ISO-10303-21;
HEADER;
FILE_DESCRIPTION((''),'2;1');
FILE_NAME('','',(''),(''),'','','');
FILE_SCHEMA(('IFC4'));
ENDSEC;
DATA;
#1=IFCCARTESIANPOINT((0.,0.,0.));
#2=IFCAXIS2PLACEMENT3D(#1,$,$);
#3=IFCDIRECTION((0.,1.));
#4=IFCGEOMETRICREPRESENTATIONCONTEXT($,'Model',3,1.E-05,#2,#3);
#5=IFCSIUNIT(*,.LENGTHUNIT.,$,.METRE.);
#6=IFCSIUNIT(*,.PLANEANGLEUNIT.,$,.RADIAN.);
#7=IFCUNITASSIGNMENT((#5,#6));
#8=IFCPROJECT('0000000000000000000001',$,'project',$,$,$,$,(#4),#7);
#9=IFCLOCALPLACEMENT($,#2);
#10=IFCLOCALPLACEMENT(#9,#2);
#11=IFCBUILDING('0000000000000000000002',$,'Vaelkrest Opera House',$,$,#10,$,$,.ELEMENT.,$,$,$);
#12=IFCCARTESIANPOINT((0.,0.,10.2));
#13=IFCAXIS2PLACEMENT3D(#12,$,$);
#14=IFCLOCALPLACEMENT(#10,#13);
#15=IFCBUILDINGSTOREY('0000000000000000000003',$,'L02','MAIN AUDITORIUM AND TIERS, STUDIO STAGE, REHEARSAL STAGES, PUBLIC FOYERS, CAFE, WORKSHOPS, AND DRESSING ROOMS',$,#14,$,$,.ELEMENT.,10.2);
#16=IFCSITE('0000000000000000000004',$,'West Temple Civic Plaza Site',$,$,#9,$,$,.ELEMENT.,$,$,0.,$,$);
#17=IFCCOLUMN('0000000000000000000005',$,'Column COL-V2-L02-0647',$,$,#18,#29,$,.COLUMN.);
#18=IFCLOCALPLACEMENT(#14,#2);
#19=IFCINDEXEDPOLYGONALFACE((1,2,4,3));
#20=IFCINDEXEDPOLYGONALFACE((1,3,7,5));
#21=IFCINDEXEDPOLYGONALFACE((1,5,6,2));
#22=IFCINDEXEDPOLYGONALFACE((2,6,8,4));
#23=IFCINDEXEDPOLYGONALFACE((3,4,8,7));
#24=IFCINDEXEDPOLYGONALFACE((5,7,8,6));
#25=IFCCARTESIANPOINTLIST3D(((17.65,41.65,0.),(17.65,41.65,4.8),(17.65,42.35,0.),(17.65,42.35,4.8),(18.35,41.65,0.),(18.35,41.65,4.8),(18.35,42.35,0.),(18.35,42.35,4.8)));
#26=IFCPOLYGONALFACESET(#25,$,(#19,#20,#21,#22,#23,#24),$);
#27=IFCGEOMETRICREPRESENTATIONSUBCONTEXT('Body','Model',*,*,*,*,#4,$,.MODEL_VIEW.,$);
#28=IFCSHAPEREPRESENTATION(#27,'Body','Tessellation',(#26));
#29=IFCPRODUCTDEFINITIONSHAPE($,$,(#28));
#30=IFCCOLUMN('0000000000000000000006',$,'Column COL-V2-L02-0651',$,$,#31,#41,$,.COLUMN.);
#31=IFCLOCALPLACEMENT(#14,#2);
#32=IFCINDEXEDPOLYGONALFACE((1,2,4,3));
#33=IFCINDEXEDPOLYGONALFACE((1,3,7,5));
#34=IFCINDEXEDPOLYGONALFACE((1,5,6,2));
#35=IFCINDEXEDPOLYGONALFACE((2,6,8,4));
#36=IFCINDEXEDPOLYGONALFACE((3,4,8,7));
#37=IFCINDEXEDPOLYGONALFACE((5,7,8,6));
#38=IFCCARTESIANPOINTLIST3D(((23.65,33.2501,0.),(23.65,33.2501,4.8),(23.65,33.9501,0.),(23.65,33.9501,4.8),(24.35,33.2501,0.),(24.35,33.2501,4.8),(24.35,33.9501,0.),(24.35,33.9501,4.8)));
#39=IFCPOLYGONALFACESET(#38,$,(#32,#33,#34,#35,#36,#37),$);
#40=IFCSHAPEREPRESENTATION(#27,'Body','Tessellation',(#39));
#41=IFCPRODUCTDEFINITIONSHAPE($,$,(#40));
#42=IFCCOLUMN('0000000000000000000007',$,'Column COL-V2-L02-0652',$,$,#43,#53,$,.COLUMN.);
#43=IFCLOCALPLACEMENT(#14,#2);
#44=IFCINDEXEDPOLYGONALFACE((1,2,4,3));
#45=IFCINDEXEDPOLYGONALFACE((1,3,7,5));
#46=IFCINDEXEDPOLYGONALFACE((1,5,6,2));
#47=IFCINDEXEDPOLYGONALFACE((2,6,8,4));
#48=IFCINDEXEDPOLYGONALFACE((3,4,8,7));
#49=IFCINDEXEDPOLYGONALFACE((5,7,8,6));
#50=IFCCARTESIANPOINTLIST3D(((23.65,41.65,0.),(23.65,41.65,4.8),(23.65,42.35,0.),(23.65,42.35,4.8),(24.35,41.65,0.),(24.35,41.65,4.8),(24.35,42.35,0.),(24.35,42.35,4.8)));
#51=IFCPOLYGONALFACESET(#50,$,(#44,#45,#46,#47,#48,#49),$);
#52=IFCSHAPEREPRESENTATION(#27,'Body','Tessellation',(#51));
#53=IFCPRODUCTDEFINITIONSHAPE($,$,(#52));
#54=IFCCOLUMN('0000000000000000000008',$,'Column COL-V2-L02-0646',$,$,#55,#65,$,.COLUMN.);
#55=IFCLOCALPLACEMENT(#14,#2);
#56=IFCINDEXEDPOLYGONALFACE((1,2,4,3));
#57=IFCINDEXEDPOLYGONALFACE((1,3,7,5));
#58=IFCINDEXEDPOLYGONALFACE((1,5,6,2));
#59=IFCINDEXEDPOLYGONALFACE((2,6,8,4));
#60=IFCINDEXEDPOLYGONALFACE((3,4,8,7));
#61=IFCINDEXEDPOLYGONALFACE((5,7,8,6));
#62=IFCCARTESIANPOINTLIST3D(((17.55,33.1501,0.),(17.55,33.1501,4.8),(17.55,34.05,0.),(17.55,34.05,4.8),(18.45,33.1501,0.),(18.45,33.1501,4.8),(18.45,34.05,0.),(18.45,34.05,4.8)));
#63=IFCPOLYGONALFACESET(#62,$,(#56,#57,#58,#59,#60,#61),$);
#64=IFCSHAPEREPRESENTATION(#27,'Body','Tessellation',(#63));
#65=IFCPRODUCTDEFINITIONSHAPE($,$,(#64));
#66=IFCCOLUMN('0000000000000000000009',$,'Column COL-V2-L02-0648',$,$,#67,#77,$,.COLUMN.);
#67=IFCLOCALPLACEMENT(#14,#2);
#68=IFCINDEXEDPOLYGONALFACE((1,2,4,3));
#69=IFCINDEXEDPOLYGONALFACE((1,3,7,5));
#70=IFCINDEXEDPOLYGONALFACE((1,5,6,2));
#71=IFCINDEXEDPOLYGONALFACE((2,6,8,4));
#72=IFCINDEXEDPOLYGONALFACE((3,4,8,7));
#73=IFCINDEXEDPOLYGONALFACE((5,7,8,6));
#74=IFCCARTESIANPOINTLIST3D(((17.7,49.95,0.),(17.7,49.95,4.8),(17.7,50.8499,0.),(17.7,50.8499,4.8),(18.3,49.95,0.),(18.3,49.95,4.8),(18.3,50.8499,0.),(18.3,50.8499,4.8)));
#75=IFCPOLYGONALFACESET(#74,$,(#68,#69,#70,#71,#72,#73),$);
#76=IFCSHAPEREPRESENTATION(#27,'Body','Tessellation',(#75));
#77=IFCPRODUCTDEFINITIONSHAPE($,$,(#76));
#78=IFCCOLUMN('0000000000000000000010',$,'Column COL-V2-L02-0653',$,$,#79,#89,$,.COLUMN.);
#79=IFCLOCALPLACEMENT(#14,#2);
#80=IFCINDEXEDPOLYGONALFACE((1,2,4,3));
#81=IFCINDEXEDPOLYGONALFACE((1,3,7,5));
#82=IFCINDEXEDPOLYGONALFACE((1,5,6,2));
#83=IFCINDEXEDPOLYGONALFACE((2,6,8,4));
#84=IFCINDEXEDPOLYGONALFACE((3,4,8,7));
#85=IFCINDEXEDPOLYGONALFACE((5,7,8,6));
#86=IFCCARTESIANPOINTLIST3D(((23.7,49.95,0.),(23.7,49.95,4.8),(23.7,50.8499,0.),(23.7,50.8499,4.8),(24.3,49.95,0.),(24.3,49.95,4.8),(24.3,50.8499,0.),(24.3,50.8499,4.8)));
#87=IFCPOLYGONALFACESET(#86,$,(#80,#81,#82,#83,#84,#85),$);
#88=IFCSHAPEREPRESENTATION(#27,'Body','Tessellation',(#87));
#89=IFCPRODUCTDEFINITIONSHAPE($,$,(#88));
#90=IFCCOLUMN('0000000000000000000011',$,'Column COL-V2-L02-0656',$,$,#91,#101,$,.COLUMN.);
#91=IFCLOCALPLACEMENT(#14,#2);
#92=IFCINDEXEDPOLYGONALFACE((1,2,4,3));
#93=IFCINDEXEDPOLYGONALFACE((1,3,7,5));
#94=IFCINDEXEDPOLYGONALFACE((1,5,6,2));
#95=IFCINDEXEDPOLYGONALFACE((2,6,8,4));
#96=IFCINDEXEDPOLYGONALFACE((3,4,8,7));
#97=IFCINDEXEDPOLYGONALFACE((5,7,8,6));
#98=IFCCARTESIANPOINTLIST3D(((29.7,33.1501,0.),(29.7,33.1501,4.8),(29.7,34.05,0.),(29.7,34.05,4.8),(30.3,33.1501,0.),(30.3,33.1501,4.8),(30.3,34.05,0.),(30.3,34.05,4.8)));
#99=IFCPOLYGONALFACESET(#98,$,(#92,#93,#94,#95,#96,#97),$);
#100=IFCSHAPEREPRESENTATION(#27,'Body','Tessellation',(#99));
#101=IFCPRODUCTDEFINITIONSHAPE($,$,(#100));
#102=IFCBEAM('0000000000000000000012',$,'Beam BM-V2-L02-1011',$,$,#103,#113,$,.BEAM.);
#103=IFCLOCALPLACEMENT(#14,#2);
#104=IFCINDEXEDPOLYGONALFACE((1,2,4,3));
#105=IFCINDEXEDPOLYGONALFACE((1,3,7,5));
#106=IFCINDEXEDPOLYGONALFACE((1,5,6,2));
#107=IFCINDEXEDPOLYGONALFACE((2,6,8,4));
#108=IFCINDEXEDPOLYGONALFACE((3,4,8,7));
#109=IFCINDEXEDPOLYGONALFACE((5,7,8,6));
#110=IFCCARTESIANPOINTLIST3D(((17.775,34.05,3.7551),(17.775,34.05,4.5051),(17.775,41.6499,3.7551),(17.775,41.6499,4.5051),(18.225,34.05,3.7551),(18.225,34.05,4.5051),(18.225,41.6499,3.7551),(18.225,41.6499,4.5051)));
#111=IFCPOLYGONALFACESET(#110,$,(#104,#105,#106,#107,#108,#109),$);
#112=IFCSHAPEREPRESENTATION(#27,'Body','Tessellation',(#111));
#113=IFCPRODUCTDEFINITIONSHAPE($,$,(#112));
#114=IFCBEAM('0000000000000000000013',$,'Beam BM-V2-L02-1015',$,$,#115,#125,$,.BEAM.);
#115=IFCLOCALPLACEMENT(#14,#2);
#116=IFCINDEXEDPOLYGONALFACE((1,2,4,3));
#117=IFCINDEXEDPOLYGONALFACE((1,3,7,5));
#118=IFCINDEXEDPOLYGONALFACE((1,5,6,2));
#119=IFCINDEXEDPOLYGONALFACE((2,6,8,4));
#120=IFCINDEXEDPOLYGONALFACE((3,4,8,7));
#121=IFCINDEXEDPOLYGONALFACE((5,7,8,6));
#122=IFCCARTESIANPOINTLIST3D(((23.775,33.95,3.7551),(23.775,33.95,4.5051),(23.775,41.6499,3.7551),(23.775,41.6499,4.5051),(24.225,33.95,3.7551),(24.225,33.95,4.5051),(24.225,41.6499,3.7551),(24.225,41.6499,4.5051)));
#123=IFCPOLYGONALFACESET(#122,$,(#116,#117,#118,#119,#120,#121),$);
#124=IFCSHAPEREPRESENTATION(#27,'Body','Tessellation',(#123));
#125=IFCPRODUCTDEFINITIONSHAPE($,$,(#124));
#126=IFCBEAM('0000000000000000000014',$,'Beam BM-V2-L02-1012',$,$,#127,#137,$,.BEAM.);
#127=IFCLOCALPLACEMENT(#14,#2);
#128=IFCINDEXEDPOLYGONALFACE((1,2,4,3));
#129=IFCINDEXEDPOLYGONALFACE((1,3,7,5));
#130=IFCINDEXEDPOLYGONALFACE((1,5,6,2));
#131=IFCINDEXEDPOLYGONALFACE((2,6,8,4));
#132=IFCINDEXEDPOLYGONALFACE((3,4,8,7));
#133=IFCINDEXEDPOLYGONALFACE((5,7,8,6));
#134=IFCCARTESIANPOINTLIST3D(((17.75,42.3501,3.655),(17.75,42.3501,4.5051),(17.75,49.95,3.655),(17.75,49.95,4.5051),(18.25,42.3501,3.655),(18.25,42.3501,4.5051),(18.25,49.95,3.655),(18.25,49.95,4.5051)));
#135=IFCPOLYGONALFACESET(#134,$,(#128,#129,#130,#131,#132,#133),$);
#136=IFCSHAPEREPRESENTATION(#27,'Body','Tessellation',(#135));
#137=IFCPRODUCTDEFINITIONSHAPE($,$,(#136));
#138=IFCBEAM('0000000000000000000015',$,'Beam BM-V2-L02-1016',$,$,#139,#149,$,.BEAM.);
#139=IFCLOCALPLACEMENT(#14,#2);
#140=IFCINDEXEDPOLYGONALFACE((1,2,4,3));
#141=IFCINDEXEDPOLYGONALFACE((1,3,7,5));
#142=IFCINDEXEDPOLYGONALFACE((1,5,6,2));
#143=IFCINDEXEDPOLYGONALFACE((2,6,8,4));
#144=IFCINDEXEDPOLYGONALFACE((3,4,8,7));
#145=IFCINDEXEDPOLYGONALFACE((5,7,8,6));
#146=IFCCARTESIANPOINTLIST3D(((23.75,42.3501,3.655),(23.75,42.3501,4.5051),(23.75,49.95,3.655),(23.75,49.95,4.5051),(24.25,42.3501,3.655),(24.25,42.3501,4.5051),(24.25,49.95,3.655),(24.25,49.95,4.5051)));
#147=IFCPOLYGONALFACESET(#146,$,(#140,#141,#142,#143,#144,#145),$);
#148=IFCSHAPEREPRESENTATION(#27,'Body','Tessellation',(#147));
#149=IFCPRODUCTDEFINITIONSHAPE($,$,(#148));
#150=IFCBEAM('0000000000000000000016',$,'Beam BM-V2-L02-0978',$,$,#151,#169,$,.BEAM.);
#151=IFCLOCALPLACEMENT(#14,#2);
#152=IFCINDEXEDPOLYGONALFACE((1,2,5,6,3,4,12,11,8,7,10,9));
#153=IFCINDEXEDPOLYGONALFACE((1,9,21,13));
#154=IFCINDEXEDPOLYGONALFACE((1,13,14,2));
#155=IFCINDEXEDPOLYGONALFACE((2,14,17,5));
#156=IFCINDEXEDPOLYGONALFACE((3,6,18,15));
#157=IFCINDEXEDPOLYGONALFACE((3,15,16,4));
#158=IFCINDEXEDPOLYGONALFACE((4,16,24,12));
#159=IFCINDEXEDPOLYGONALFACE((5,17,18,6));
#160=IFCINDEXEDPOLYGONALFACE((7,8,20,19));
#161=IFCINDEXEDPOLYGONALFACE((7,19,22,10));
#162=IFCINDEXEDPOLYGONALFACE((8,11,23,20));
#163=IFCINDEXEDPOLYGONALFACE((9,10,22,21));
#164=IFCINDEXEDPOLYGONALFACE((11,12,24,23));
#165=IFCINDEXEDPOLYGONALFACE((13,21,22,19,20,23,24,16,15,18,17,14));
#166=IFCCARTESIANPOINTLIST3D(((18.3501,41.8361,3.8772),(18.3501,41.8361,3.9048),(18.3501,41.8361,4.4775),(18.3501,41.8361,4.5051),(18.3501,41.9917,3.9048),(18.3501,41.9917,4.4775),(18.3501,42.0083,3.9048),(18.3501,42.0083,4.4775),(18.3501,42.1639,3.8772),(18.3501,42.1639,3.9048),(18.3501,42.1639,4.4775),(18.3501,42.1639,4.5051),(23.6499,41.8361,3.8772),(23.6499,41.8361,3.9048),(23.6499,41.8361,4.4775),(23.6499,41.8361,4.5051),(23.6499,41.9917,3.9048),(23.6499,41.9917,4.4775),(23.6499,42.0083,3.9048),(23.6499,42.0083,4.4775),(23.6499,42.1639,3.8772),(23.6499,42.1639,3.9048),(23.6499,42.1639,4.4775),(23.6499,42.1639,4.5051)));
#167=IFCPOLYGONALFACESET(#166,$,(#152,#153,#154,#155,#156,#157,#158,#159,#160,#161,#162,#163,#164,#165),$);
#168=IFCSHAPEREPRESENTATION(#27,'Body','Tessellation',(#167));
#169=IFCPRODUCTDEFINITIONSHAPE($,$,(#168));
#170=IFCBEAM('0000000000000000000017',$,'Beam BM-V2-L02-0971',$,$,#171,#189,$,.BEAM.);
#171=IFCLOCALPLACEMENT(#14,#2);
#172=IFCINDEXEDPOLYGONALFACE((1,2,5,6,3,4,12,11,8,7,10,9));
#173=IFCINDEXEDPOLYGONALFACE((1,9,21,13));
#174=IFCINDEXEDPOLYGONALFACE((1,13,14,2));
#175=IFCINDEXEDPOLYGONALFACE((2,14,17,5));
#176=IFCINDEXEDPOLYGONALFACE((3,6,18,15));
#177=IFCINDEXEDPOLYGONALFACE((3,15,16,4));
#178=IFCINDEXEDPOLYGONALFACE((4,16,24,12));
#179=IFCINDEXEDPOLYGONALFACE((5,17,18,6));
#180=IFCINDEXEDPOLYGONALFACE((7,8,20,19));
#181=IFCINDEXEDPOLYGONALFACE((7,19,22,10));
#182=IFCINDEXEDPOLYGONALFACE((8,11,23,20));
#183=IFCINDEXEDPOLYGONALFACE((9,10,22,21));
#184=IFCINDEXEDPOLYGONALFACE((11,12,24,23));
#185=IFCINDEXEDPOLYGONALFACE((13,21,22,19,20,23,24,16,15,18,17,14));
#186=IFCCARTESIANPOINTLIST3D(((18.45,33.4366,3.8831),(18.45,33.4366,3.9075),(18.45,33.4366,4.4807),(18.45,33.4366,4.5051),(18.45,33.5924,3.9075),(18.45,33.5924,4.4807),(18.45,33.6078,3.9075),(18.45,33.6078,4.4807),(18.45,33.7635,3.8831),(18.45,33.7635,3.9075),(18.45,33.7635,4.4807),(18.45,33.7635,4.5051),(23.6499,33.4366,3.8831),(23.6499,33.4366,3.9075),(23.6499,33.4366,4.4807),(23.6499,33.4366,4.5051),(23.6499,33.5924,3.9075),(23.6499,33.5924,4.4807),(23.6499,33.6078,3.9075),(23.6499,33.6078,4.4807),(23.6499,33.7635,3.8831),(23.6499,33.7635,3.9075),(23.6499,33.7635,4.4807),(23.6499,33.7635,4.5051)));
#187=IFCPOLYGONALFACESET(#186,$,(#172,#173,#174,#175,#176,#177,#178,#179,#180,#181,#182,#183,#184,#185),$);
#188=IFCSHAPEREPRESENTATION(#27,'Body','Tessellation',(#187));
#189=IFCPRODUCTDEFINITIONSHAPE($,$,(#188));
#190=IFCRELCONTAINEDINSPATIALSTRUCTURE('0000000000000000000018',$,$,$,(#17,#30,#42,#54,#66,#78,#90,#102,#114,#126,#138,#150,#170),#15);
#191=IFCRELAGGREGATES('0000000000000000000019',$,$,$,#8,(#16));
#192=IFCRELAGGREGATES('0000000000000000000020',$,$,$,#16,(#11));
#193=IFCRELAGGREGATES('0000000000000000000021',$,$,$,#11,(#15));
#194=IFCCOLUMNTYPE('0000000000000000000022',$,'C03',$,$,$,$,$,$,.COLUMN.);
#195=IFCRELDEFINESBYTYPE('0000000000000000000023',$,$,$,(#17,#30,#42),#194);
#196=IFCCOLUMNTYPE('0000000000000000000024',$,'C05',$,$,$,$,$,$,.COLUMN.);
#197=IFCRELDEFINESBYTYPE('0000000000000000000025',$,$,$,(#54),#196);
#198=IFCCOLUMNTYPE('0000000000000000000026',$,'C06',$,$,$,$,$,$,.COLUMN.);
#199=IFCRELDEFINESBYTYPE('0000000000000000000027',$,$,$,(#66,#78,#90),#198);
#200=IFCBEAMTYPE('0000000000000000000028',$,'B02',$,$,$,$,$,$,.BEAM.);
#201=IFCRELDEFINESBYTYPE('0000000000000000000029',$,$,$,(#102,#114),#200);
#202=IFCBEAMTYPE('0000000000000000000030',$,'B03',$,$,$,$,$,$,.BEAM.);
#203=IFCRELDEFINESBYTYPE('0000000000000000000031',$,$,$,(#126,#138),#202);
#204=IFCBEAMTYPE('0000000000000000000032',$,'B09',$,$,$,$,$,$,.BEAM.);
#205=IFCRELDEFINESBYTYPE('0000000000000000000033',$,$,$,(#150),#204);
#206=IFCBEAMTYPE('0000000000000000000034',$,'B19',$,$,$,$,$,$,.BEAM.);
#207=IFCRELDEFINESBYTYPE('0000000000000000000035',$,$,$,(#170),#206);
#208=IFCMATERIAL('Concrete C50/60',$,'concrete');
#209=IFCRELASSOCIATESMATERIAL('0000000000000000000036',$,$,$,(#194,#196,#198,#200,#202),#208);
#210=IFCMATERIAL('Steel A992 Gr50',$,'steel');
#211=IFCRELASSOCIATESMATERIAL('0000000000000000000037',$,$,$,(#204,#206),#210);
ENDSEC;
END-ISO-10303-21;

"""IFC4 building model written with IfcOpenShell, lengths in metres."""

from ifc_helpers import new_model, si_unit, direction, frame, origin, origin_2d, place, context, subcontext, project, spatial, rectangle, i_section, extrude, material, material_profile, profile_set, type_object, element, save


model = new_model("IFC4")

# Units and contexts
model_context = context("Model", 3, precision=1e-05, world=origin(), true_north=direction((0.0, 1.0)))
body_context = subcontext(model_context, "Body", "Model", "MODEL_VIEW")
ifc_project = project(units=[si_unit("LENGTHUNIT", "METRE"), si_unit("PLANEANGLEUNIT", "RADIAN")], contexts=[model_context])

# Site, building, storey
site_placement = place(None, origin())
site = spatial("IfcSite", under=ifc_project, at=site_placement, Name="West Temple Civic Plaza Site", CompositionType="ELEMENT", RefElevation=0.0)
building_placement = place(site_placement, origin())
building = spatial("IfcBuilding", under=site, at=building_placement, Name="Vaelkrest Opera House", CompositionType="ELEMENT")
storey_placement = place(building_placement, frame((0.0, 0.0, 10.2)))
storey = spatial("IfcBuildingStorey", under=building, at=storey_placement, Name="L02", Description="MAIN AUDITORIUM AND TIERS, STUDIO STAGE, REHEARSAL STAGES, PUBLIC FOYERS, CAFE, WORKSHOPS, AND DRESSING ROOMS", CompositionType="ELEMENT", Elevation=10.2)

# Columns
ifc_material_1 = material(Name="Concrete C50/60", Category="concrete")
ifc_material_profile_1 = material_profile(ifc_material_1, rectangle(XDim=0.7, YDim=0.7, at=origin_2d()), Name="RC700X700")
ifc_profile_set_1 = profile_set([ifc_material_profile_1], Name="Concrete C50/60")
column_type_1 = type_object("IfcColumnType", Name="C03", PredefinedType="COLUMN", material=ifc_profile_set_1)
for number, where, z_axis, x_axis, name in (
    (1, (18.0, 42.0, 0.0), (0.0, 0.0, 1.0), (1.0, 0.0, 0.0), "Column COL-V2-L02-0647"),
    (2, (24.0, 33.6001, 0.0), (0.0, 0.0, 1.0), (1.0, 0.0, 0.0), "Column COL-V2-L02-0651"),
    (3, (24.0, 42.0, 0.0), (0.0, 0.0, 1.0), (1.0, 0.0, 0.0), "Column COL-V2-L02-0652"),
):
    element("IfcColumn", number, at=place(storey_placement, frame(where, z_axis=z_axis, x_axis=x_axis)), inside=storey, type_object=column_type_1, Name=name, PredefinedType="COLUMN", context=body_context, shape_type="SweptSolid", body=[
        extrude(rectangle(XDim=0.7, YDim=0.7, at=origin_2d()), origin(), (0.0, 0.0, 1.0), 4.8),
    ])
ifc_material_profile_2 = material_profile(ifc_material_1, rectangle(XDim=0.8999, YDim=0.8999, at=origin_2d()), Name="RC900X900")
ifc_profile_set_2 = profile_set([ifc_material_profile_2], Name="Concrete C50/60")
column_type_2 = type_object("IfcColumnType", Name="C05", PredefinedType="COLUMN", material=ifc_profile_set_2)
column_placement = place(storey_placement, frame((18.0, 33.6001, 0.0), z_axis=(0.0, 0.0, 1.0), x_axis=(1.0, 0.0, 0.0)))
element("IfcColumn", 4, at=column_placement, inside=storey, type_object=column_type_2, Name="Column COL-V2-L02-0646", PredefinedType="COLUMN", context=body_context, shape_type="SweptSolid", body=[
    extrude(rectangle(XDim=0.8999, YDim=0.8999, at=origin_2d()), origin(), (0.0, 0.0, 1.0), 4.8),
])
ifc_material_profile_3 = material_profile(ifc_material_1, rectangle(XDim=0.6001, YDim=0.8999, at=origin_2d()), Name="RC600X900")
ifc_profile_set_3 = profile_set([ifc_material_profile_3], Name="Concrete C50/60")
column_type_3 = type_object("IfcColumnType", Name="C06", PredefinedType="COLUMN", material=ifc_profile_set_3)
for number, where, z_axis, x_axis, name in (
    (5, (18.0, 50.3999, 0.0), (0.0, 0.0, 1.0), (1.0, 0.0, 0.0), "Column COL-V2-L02-0648"),
    (6, (24.0, 50.3999, 0.0), (0.0, 0.0, 1.0), (1.0, 0.0, 0.0), "Column COL-V2-L02-0653"),
    (7, (30.0, 33.6001, 0.0), (0.0, 0.0, 1.0), (1.0, 0.0, 0.0), "Column COL-V2-L02-0656"),
):
    element("IfcColumn", number, at=place(storey_placement, frame(where, z_axis=z_axis, x_axis=x_axis)), inside=storey, type_object=column_type_3, Name=name, PredefinedType="COLUMN", context=body_context, shape_type="SweptSolid", body=[
        extrude(rectangle(XDim=0.6001, YDim=0.8999, at=origin_2d()), origin(), (0.0, 0.0, 1.0), 4.8),
    ])

# Beams
ifc_material_profile_4 = material_profile(ifc_material_1, rectangle(XDim=0.45, YDim=0.75, at=origin_2d()), Name="RCB450X750")
ifc_profile_set_4 = profile_set([ifc_material_profile_4], Name="Concrete C50/60")
beam_type_1 = type_object("IfcBeamType", Name="B02", PredefinedType="BEAM", material=ifc_profile_set_4)
beam_1_placement = place(storey_placement, frame((18.0, 34.05, 4.1301), z_axis=(0.0, 1.0, 0.0), x_axis=(-1.0, 0.0, 0.0)))
element("IfcBeam", 8, at=beam_1_placement, inside=storey, type_object=beam_type_1, Name="Beam BM-V2-L02-1011", PredefinedType="BEAM", context=body_context, shape_type="SweptSolid", body=[
    extrude(rectangle(XDim=0.45, YDim=0.75, at=origin_2d()), origin(), (0.0, 0.0, 1.0), 7.5999),
])
beam_2_placement = place(storey_placement, frame((24.0, 33.95, 4.1301), z_axis=(0.0, 1.0, 0.0), x_axis=(-1.0, 0.0, 0.0)))
element("IfcBeam", 9, at=beam_2_placement, inside=storey, type_object=beam_type_1, Name="Beam BM-V2-L02-1015", PredefinedType="BEAM", context=body_context, shape_type="SweptSolid", body=[
    extrude(rectangle(XDim=0.45, YDim=0.75, at=origin_2d()), origin(), (0.0, 0.0, 1.0), 7.7),
])
ifc_material_profile_5 = material_profile(ifc_material_1, rectangle(XDim=0.5, YDim=0.8501, at=origin_2d()), Name="RCB500X850")
ifc_profile_set_5 = profile_set([ifc_material_profile_5], Name="Concrete C50/60")
beam_type_2 = type_object("IfcBeamType", Name="B03", PredefinedType="BEAM", material=ifc_profile_set_5)
for number, where, z_axis, x_axis, name in (
    (10, (18.0, 42.3501, 4.0801), (0.0, 1.0, 0.0), (-1.0, 0.0, 0.0), "Beam BM-V2-L02-1012"),
    (11, (24.0, 42.3501, 4.0801), (0.0, 1.0, 0.0), (-1.0, 0.0, 0.0), "Beam BM-V2-L02-1016"),
):
    element("IfcBeam", number, at=place(storey_placement, frame(where, z_axis=z_axis, x_axis=x_axis)), inside=storey, type_object=beam_type_2, Name=name, PredefinedType="BEAM", context=body_context, shape_type="SweptSolid", body=[
        extrude(rectangle(XDim=0.5, YDim=0.8501, at=origin_2d()), origin(), (0.0, 0.0, 1.0), 7.5999),
    ])
ifc_material_2 = material(Name="Steel A992 Gr50", Category="steel")
ifc_material_profile_6 = material_profile(ifc_material_2, i_section(OverallWidth=0.3279, OverallDepth=0.6279, WebThickness=0.0166, FlangeThickness=0.0276, at=origin_2d()), Name="W24X146")
ifc_profile_set_6 = profile_set([ifc_material_profile_6], Name="Steel A992 Gr50")
beam_type_3 = type_object("IfcBeamType", Name="B09", PredefinedType="BEAM", material=ifc_profile_set_6)
beam_3_placement = place(storey_placement, frame((18.3501, 42.0, 4.1912), z_axis=(1.0, 0.0, 0.0), x_axis=(0.0, 1.0, 0.0)))
element("IfcBeam", 12, at=beam_3_placement, inside=storey, type_object=beam_type_3, Name="Beam BM-V2-L02-0978", PredefinedType="BEAM", context=body_context, shape_type="SweptSolid", body=[
    extrude(i_section(OverallWidth=0.3279, OverallDepth=0.6279, WebThickness=0.0166, FlangeThickness=0.0276, at=origin_2d()), origin(), (0.0, 0.0, 1.0), 5.2998),
])
ifc_material_profile_7 = material_profile(ifc_material_2, i_section(OverallWidth=0.3269, OverallDepth=0.6221, WebThickness=0.0154, FlangeThickness=0.0244, at=origin_2d()), Name="W24X131")
ifc_profile_set_7 = profile_set([ifc_material_profile_7], Name="Steel A992 Gr50")
beam_type_4 = type_object("IfcBeamType", Name="B19", PredefinedType="BEAM", material=ifc_profile_set_7)
beam_4_placement = place(storey_placement, frame((18.45, 33.6001, 4.1941), z_axis=(1.0, 0.0, 0.0), x_axis=(0.0, 1.0, 0.0)))
element("IfcBeam", 13, at=beam_4_placement, inside=storey, type_object=beam_type_4, Name="Beam BM-V2-L02-0971", PredefinedType="BEAM", context=body_context, shape_type="SweptSolid", body=[
    extrude(i_section(OverallWidth=0.3269, OverallDepth=0.6221, WebThickness=0.0154, FlangeThickness=0.0244, at=origin_2d()), origin(), (0.0, 0.0, 1.0), 5.2),
])

save(model, "model.ifc")
